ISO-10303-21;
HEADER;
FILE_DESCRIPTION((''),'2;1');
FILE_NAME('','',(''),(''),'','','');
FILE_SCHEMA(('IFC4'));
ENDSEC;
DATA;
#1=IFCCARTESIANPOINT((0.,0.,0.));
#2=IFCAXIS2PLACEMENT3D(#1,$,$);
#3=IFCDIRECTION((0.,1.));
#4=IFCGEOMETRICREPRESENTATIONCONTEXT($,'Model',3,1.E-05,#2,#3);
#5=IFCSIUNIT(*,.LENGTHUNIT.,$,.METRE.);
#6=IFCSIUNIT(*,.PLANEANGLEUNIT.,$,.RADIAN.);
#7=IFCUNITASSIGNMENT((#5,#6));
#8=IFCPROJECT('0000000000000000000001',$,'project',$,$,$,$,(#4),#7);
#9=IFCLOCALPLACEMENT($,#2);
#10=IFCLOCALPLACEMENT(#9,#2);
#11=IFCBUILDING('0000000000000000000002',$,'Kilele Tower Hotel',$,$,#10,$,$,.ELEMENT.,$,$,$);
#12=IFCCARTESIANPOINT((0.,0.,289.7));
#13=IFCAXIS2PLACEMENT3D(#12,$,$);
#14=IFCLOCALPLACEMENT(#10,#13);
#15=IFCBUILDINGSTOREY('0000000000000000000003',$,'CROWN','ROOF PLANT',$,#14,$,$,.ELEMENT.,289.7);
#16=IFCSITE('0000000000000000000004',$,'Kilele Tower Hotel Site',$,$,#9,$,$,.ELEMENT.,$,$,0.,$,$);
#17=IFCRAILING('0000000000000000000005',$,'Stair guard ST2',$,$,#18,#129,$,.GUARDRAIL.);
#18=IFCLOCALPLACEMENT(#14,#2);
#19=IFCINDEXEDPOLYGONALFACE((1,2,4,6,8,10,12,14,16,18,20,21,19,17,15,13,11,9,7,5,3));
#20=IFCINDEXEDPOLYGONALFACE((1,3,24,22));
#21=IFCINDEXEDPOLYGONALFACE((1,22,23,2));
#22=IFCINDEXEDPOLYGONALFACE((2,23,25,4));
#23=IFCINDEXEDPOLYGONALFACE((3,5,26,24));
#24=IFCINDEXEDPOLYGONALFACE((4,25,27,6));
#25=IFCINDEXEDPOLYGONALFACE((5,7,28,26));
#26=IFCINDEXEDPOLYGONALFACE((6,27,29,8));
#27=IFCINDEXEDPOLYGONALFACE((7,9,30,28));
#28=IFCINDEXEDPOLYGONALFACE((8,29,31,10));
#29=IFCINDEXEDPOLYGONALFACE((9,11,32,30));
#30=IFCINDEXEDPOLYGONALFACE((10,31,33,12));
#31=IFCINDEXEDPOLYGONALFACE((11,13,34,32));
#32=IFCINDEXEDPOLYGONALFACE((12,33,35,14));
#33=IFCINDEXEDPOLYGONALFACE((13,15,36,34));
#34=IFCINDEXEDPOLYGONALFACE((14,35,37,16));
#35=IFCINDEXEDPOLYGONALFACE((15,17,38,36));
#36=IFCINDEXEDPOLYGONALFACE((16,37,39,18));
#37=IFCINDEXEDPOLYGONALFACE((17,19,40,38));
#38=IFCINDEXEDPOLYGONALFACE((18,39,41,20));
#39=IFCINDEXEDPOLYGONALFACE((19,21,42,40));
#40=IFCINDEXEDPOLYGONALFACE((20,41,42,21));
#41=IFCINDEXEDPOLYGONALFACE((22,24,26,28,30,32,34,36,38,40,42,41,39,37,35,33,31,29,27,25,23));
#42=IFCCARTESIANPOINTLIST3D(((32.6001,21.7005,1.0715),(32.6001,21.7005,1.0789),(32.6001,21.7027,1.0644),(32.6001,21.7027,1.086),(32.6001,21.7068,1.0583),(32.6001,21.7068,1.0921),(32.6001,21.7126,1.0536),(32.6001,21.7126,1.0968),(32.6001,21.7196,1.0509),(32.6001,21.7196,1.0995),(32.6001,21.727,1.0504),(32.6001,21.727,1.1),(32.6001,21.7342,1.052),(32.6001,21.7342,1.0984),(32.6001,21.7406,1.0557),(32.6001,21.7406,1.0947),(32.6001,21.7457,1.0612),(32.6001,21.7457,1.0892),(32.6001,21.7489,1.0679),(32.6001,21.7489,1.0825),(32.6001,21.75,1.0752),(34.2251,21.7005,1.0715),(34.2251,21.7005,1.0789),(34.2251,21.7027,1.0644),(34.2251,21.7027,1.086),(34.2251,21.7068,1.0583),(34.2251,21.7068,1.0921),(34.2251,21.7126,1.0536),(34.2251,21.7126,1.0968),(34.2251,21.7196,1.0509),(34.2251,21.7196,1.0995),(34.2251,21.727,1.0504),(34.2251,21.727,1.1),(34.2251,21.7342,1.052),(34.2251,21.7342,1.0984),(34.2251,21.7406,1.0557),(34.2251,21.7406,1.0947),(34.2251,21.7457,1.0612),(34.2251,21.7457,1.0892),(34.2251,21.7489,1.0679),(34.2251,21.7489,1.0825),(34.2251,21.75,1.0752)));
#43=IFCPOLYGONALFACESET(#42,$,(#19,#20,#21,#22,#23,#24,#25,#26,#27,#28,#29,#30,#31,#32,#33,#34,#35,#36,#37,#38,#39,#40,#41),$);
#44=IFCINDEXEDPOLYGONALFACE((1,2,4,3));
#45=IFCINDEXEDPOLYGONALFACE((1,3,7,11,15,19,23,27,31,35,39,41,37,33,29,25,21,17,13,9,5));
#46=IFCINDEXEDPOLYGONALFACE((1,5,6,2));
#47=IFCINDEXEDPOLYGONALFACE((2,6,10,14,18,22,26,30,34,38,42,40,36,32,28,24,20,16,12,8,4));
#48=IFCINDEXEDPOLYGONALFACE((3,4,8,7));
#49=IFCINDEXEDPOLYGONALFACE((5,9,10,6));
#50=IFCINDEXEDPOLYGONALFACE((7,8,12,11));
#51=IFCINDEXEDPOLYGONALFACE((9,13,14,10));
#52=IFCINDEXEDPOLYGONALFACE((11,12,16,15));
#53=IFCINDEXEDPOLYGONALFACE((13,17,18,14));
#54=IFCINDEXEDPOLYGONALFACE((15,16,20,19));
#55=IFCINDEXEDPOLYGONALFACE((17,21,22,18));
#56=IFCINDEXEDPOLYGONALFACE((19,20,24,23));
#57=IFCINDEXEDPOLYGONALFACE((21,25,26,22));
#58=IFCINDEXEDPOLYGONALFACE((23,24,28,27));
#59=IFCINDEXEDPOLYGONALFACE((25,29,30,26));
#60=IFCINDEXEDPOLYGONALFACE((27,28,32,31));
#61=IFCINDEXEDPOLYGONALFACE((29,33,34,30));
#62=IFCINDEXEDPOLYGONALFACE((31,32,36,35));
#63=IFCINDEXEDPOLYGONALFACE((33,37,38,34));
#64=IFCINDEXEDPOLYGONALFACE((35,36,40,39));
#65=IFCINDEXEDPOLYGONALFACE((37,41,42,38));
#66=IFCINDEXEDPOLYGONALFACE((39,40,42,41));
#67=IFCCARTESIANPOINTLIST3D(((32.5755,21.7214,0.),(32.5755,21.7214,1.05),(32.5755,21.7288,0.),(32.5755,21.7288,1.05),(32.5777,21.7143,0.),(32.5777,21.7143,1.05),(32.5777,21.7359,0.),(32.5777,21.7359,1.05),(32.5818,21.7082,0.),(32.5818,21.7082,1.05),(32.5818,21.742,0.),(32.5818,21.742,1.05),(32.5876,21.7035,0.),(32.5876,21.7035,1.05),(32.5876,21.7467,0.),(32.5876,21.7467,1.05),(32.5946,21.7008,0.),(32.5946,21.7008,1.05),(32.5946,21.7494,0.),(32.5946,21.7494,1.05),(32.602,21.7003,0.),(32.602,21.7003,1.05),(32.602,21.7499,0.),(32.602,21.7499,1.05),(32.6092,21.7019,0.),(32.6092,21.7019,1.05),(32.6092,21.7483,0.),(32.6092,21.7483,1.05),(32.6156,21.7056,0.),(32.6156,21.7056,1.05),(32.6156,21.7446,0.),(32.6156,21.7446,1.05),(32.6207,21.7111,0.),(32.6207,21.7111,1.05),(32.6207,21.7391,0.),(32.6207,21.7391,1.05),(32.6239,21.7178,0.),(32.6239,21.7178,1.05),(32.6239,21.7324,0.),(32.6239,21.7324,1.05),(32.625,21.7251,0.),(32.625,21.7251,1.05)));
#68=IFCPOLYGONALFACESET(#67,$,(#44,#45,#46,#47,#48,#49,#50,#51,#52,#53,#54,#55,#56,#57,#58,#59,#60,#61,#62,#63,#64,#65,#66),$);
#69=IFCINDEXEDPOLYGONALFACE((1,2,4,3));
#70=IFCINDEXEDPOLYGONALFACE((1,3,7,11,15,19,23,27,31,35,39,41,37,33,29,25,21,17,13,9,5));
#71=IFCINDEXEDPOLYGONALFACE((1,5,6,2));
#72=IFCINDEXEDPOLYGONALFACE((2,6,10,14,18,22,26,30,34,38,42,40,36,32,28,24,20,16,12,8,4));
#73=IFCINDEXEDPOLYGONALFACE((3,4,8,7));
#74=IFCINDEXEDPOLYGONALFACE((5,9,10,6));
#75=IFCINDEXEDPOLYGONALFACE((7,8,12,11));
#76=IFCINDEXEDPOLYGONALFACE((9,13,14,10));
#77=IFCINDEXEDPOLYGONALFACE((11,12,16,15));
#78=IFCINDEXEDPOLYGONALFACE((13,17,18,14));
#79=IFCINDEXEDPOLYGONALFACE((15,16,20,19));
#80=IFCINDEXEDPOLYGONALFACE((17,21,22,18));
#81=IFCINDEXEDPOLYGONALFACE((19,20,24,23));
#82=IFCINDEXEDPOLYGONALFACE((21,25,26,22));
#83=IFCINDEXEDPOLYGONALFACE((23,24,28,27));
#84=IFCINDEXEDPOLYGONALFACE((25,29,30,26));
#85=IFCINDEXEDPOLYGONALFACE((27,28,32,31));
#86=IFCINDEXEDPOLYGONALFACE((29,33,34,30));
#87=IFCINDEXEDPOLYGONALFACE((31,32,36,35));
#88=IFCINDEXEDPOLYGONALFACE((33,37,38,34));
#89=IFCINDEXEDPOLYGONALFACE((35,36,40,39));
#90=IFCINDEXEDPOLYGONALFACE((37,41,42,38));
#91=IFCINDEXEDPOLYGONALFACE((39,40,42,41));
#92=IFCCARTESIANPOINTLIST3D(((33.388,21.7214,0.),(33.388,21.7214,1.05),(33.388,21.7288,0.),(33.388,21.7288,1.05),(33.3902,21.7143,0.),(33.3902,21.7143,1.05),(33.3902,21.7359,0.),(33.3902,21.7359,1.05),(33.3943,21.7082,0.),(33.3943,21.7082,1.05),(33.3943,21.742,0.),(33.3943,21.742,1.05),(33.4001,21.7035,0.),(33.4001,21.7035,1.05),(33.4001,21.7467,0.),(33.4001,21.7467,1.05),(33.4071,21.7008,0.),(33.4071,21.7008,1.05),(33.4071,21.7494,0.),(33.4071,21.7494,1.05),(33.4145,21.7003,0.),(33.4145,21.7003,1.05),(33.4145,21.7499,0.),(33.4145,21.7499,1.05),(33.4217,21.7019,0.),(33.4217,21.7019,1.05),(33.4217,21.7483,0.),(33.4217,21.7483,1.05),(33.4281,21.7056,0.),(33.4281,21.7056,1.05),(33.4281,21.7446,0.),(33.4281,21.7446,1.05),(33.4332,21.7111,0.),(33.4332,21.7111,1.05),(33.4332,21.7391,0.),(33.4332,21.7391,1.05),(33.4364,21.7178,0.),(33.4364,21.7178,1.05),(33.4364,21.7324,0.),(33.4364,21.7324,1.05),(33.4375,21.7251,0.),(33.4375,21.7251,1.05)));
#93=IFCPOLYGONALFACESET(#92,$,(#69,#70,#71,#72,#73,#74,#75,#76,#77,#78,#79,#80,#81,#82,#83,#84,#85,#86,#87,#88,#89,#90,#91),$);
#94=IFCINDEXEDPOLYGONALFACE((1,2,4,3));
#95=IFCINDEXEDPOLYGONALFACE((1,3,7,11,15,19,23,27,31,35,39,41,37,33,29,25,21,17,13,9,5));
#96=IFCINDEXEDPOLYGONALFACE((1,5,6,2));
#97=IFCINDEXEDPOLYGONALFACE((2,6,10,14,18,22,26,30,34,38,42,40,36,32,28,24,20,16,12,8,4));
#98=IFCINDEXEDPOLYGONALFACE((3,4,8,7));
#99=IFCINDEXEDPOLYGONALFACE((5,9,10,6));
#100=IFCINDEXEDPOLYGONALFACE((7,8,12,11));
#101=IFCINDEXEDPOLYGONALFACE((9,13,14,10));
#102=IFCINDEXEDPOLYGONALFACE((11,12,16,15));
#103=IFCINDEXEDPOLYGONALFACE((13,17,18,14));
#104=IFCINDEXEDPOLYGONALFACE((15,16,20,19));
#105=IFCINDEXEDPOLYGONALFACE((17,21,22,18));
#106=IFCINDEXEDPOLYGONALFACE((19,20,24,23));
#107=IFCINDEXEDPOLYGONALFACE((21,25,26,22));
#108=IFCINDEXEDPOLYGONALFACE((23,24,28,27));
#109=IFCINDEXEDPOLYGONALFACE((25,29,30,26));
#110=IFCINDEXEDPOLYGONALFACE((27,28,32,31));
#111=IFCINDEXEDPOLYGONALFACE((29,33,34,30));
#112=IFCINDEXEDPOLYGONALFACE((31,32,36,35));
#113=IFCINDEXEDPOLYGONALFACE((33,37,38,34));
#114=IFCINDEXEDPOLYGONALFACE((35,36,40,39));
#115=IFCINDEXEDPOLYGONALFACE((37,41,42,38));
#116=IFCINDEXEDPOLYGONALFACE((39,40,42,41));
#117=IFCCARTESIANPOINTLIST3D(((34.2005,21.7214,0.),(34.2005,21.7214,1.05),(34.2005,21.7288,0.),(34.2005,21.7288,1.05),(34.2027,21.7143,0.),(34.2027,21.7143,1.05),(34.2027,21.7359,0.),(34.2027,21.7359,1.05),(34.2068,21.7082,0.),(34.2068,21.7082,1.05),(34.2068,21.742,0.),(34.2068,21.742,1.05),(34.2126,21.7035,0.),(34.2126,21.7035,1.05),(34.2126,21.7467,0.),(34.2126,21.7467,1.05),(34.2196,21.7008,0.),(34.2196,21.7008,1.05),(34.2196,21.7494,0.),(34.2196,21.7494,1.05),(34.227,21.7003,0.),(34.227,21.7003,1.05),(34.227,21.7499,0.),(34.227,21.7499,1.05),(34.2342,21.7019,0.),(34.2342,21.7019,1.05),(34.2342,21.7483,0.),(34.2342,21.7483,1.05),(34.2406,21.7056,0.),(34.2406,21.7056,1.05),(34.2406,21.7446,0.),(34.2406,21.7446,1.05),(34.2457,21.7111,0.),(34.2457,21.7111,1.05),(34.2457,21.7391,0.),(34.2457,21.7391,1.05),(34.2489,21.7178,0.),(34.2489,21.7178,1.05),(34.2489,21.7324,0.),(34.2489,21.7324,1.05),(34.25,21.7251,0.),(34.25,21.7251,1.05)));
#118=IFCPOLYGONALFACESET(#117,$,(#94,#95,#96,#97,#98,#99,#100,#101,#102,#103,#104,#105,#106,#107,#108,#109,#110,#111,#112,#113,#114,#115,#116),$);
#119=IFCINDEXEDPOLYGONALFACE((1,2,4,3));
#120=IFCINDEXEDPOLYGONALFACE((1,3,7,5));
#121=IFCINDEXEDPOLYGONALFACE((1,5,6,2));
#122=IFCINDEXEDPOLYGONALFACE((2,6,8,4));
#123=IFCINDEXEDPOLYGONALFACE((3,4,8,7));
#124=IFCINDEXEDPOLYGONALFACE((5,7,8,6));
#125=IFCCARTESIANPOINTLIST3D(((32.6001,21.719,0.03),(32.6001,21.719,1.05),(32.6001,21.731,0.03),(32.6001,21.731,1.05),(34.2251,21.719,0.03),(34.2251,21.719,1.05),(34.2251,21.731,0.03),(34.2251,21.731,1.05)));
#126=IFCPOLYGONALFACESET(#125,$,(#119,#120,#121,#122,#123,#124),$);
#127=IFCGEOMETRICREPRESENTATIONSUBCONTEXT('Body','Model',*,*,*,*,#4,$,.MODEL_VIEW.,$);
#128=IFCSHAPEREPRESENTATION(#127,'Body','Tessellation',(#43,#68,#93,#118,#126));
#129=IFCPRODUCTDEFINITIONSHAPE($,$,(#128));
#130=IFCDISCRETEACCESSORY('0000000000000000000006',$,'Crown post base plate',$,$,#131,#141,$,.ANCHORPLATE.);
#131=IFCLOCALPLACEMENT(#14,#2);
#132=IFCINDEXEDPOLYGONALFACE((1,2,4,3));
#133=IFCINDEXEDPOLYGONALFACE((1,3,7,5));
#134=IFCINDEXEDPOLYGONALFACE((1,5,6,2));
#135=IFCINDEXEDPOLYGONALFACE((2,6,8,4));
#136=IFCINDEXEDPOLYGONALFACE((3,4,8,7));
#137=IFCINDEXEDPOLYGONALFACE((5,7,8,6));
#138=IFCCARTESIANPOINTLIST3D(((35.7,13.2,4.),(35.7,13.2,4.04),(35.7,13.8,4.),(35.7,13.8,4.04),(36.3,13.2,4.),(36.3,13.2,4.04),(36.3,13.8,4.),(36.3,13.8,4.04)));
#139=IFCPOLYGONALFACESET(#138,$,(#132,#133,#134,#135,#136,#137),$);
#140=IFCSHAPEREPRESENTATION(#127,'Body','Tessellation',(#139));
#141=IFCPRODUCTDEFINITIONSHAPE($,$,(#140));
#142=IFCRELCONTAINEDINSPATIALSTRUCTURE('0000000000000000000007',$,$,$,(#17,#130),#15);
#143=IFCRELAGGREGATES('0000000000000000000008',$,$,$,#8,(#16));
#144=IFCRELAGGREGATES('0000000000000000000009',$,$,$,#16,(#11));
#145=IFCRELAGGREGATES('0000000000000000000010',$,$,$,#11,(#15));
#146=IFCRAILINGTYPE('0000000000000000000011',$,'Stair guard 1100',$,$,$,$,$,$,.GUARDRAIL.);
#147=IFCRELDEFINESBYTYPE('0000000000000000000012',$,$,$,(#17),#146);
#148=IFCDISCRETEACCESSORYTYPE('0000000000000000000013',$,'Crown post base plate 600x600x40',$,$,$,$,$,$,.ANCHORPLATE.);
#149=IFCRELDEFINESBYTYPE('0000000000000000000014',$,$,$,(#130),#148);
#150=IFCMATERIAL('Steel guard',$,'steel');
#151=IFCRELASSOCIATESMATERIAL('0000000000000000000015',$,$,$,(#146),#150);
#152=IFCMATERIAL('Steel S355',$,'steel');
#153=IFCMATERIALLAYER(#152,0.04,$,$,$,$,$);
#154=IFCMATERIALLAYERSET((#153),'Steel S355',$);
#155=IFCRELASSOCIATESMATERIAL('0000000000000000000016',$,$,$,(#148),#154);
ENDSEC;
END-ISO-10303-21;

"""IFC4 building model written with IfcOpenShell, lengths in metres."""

from ifc_helpers import new_model, si_unit, direction, frame, origin, origin_2d, place, context, subcontext, project, spatial, polyline, circle, outline, extrude, source, transform, mapped, material, layer, layer_set, type_object, element, save


model = new_model("IFC4")

# Units and contexts
model_context = context("Model", 3, precision=1e-05, world=origin(), true_north=direction((0.0, 1.0)))
body_context = subcontext(model_context, "Body", "Model", "MODEL_VIEW")
ifc_project = project(units=[si_unit("LENGTHUNIT", "METRE"), si_unit("PLANEANGLEUNIT", "RADIAN")], contexts=[model_context])

# Site, building, storey
site_placement = place(None, origin())
site = spatial("IfcSite", under=ifc_project, at=site_placement, Name="Kilele Tower Hotel Site", CompositionType="ELEMENT", RefElevation=0.0)
building_placement = place(site_placement, origin())
building = spatial("IfcBuilding", under=site, at=building_placement, Name="Kilele Tower Hotel", CompositionType="ELEMENT")
storey_placement = place(building_placement, frame((0.0, 0.0, 289.7)))
storey = spatial("IfcBuildingStorey", under=building, at=storey_placement, Name="CROWN", Description="ROOF PLANT", CompositionType="ELEMENT", Elevation=289.7)

# Railing
ifc_material_1 = material(Name="Steel guard", Category="steel")
railing_type = type_object("IfcRailingType", Name="Stair guard 1100", PredefinedType="GUARDRAIL", material=ifc_material_1)
railing_placement = place(storey_placement, frame((32.6001, 21.7251, 0.0)))
element("IfcRailing", 1, at=railing_placement, inside=storey, type_object=railing_type, Name="Stair guard ST2", PredefinedType="GUARDRAIL", context=body_context, shape_type="SweptSolid", body=[
    extrude(circle(Radius=0.0249, at=origin_2d()), frame((0.0, 0.0, 1.0752), z_axis=(1.0, 0.0, 0.0), x_axis=(0.0, 1.0, 0.0)), (0.0, 0.0, 1.0), 1.625),
    extrude(circle(Radius=0.0249, at=origin_2d()), origin(), (0.0, 0.0, 1.0), 1.05),
    extrude(circle(Radius=0.0249, at=origin_2d()), frame((0.8125, 0.0, 0.0)), (0.0, 0.0, 1.0), 1.05),
    extrude(circle(Radius=0.0249, at=origin_2d()), frame((1.625, 0.0, 0.0)), (0.0, 0.0, 1.0), 1.05),
    extrude(outline(polyline([(0.0, 0.03), (1.625, 0.03), (1.625, 1.05), (0.0, 1.05), (0.0, 0.03)])), frame((0.0, 0.0059, 0.0), z_axis=(0.0, -1.0, 0.0), x_axis=(1.0, 0.0, 0.0)), (0.0, 0.0, 1.0), 0.012),
])

# Discrete accessory
ifc_material_2 = material(Name="Steel S355", Category="steel")
ifc_layer_1 = layer(ifc_material_2, 0.04)
ifc_layer_set_1 = layer_set([ifc_layer_1], Name="Steel S355")
discrete_accessory_type = type_object("IfcDiscreteAccessoryType", Name="Crown post base plate 600x600x40", PredefinedType="ANCHORPLATE", material=ifc_layer_set_1)
shared_shape = source(origin(), body_context, "Body", "SweptSolid", [
    extrude(outline(polyline([(0.0, 0.0), (0.6001, 0.0), (0.6001, 0.04), (0.0, 0.04), (0.0, 0.0)])), origin(), (0.0, 0.0, 1.0), 0.6001),
])
discrete_accessory_placement = place(storey_placement, frame((35.7, 13.8, 4.0), z_axis=(0.0, -1.0, 0.0), x_axis=(1.0, 0.0, 0.0)))
element("IfcDiscreteAccessory", 2, at=discrete_accessory_placement, inside=storey, type_object=discrete_accessory_type, Name="Crown post base plate", PredefinedType="ANCHORPLATE", context=body_context, shape_type="MappedRepresentation", body=[
    mapped(shared_shape, transform((0.0, 0.0, 0.0))),
])

save(model, "model.ifc")
